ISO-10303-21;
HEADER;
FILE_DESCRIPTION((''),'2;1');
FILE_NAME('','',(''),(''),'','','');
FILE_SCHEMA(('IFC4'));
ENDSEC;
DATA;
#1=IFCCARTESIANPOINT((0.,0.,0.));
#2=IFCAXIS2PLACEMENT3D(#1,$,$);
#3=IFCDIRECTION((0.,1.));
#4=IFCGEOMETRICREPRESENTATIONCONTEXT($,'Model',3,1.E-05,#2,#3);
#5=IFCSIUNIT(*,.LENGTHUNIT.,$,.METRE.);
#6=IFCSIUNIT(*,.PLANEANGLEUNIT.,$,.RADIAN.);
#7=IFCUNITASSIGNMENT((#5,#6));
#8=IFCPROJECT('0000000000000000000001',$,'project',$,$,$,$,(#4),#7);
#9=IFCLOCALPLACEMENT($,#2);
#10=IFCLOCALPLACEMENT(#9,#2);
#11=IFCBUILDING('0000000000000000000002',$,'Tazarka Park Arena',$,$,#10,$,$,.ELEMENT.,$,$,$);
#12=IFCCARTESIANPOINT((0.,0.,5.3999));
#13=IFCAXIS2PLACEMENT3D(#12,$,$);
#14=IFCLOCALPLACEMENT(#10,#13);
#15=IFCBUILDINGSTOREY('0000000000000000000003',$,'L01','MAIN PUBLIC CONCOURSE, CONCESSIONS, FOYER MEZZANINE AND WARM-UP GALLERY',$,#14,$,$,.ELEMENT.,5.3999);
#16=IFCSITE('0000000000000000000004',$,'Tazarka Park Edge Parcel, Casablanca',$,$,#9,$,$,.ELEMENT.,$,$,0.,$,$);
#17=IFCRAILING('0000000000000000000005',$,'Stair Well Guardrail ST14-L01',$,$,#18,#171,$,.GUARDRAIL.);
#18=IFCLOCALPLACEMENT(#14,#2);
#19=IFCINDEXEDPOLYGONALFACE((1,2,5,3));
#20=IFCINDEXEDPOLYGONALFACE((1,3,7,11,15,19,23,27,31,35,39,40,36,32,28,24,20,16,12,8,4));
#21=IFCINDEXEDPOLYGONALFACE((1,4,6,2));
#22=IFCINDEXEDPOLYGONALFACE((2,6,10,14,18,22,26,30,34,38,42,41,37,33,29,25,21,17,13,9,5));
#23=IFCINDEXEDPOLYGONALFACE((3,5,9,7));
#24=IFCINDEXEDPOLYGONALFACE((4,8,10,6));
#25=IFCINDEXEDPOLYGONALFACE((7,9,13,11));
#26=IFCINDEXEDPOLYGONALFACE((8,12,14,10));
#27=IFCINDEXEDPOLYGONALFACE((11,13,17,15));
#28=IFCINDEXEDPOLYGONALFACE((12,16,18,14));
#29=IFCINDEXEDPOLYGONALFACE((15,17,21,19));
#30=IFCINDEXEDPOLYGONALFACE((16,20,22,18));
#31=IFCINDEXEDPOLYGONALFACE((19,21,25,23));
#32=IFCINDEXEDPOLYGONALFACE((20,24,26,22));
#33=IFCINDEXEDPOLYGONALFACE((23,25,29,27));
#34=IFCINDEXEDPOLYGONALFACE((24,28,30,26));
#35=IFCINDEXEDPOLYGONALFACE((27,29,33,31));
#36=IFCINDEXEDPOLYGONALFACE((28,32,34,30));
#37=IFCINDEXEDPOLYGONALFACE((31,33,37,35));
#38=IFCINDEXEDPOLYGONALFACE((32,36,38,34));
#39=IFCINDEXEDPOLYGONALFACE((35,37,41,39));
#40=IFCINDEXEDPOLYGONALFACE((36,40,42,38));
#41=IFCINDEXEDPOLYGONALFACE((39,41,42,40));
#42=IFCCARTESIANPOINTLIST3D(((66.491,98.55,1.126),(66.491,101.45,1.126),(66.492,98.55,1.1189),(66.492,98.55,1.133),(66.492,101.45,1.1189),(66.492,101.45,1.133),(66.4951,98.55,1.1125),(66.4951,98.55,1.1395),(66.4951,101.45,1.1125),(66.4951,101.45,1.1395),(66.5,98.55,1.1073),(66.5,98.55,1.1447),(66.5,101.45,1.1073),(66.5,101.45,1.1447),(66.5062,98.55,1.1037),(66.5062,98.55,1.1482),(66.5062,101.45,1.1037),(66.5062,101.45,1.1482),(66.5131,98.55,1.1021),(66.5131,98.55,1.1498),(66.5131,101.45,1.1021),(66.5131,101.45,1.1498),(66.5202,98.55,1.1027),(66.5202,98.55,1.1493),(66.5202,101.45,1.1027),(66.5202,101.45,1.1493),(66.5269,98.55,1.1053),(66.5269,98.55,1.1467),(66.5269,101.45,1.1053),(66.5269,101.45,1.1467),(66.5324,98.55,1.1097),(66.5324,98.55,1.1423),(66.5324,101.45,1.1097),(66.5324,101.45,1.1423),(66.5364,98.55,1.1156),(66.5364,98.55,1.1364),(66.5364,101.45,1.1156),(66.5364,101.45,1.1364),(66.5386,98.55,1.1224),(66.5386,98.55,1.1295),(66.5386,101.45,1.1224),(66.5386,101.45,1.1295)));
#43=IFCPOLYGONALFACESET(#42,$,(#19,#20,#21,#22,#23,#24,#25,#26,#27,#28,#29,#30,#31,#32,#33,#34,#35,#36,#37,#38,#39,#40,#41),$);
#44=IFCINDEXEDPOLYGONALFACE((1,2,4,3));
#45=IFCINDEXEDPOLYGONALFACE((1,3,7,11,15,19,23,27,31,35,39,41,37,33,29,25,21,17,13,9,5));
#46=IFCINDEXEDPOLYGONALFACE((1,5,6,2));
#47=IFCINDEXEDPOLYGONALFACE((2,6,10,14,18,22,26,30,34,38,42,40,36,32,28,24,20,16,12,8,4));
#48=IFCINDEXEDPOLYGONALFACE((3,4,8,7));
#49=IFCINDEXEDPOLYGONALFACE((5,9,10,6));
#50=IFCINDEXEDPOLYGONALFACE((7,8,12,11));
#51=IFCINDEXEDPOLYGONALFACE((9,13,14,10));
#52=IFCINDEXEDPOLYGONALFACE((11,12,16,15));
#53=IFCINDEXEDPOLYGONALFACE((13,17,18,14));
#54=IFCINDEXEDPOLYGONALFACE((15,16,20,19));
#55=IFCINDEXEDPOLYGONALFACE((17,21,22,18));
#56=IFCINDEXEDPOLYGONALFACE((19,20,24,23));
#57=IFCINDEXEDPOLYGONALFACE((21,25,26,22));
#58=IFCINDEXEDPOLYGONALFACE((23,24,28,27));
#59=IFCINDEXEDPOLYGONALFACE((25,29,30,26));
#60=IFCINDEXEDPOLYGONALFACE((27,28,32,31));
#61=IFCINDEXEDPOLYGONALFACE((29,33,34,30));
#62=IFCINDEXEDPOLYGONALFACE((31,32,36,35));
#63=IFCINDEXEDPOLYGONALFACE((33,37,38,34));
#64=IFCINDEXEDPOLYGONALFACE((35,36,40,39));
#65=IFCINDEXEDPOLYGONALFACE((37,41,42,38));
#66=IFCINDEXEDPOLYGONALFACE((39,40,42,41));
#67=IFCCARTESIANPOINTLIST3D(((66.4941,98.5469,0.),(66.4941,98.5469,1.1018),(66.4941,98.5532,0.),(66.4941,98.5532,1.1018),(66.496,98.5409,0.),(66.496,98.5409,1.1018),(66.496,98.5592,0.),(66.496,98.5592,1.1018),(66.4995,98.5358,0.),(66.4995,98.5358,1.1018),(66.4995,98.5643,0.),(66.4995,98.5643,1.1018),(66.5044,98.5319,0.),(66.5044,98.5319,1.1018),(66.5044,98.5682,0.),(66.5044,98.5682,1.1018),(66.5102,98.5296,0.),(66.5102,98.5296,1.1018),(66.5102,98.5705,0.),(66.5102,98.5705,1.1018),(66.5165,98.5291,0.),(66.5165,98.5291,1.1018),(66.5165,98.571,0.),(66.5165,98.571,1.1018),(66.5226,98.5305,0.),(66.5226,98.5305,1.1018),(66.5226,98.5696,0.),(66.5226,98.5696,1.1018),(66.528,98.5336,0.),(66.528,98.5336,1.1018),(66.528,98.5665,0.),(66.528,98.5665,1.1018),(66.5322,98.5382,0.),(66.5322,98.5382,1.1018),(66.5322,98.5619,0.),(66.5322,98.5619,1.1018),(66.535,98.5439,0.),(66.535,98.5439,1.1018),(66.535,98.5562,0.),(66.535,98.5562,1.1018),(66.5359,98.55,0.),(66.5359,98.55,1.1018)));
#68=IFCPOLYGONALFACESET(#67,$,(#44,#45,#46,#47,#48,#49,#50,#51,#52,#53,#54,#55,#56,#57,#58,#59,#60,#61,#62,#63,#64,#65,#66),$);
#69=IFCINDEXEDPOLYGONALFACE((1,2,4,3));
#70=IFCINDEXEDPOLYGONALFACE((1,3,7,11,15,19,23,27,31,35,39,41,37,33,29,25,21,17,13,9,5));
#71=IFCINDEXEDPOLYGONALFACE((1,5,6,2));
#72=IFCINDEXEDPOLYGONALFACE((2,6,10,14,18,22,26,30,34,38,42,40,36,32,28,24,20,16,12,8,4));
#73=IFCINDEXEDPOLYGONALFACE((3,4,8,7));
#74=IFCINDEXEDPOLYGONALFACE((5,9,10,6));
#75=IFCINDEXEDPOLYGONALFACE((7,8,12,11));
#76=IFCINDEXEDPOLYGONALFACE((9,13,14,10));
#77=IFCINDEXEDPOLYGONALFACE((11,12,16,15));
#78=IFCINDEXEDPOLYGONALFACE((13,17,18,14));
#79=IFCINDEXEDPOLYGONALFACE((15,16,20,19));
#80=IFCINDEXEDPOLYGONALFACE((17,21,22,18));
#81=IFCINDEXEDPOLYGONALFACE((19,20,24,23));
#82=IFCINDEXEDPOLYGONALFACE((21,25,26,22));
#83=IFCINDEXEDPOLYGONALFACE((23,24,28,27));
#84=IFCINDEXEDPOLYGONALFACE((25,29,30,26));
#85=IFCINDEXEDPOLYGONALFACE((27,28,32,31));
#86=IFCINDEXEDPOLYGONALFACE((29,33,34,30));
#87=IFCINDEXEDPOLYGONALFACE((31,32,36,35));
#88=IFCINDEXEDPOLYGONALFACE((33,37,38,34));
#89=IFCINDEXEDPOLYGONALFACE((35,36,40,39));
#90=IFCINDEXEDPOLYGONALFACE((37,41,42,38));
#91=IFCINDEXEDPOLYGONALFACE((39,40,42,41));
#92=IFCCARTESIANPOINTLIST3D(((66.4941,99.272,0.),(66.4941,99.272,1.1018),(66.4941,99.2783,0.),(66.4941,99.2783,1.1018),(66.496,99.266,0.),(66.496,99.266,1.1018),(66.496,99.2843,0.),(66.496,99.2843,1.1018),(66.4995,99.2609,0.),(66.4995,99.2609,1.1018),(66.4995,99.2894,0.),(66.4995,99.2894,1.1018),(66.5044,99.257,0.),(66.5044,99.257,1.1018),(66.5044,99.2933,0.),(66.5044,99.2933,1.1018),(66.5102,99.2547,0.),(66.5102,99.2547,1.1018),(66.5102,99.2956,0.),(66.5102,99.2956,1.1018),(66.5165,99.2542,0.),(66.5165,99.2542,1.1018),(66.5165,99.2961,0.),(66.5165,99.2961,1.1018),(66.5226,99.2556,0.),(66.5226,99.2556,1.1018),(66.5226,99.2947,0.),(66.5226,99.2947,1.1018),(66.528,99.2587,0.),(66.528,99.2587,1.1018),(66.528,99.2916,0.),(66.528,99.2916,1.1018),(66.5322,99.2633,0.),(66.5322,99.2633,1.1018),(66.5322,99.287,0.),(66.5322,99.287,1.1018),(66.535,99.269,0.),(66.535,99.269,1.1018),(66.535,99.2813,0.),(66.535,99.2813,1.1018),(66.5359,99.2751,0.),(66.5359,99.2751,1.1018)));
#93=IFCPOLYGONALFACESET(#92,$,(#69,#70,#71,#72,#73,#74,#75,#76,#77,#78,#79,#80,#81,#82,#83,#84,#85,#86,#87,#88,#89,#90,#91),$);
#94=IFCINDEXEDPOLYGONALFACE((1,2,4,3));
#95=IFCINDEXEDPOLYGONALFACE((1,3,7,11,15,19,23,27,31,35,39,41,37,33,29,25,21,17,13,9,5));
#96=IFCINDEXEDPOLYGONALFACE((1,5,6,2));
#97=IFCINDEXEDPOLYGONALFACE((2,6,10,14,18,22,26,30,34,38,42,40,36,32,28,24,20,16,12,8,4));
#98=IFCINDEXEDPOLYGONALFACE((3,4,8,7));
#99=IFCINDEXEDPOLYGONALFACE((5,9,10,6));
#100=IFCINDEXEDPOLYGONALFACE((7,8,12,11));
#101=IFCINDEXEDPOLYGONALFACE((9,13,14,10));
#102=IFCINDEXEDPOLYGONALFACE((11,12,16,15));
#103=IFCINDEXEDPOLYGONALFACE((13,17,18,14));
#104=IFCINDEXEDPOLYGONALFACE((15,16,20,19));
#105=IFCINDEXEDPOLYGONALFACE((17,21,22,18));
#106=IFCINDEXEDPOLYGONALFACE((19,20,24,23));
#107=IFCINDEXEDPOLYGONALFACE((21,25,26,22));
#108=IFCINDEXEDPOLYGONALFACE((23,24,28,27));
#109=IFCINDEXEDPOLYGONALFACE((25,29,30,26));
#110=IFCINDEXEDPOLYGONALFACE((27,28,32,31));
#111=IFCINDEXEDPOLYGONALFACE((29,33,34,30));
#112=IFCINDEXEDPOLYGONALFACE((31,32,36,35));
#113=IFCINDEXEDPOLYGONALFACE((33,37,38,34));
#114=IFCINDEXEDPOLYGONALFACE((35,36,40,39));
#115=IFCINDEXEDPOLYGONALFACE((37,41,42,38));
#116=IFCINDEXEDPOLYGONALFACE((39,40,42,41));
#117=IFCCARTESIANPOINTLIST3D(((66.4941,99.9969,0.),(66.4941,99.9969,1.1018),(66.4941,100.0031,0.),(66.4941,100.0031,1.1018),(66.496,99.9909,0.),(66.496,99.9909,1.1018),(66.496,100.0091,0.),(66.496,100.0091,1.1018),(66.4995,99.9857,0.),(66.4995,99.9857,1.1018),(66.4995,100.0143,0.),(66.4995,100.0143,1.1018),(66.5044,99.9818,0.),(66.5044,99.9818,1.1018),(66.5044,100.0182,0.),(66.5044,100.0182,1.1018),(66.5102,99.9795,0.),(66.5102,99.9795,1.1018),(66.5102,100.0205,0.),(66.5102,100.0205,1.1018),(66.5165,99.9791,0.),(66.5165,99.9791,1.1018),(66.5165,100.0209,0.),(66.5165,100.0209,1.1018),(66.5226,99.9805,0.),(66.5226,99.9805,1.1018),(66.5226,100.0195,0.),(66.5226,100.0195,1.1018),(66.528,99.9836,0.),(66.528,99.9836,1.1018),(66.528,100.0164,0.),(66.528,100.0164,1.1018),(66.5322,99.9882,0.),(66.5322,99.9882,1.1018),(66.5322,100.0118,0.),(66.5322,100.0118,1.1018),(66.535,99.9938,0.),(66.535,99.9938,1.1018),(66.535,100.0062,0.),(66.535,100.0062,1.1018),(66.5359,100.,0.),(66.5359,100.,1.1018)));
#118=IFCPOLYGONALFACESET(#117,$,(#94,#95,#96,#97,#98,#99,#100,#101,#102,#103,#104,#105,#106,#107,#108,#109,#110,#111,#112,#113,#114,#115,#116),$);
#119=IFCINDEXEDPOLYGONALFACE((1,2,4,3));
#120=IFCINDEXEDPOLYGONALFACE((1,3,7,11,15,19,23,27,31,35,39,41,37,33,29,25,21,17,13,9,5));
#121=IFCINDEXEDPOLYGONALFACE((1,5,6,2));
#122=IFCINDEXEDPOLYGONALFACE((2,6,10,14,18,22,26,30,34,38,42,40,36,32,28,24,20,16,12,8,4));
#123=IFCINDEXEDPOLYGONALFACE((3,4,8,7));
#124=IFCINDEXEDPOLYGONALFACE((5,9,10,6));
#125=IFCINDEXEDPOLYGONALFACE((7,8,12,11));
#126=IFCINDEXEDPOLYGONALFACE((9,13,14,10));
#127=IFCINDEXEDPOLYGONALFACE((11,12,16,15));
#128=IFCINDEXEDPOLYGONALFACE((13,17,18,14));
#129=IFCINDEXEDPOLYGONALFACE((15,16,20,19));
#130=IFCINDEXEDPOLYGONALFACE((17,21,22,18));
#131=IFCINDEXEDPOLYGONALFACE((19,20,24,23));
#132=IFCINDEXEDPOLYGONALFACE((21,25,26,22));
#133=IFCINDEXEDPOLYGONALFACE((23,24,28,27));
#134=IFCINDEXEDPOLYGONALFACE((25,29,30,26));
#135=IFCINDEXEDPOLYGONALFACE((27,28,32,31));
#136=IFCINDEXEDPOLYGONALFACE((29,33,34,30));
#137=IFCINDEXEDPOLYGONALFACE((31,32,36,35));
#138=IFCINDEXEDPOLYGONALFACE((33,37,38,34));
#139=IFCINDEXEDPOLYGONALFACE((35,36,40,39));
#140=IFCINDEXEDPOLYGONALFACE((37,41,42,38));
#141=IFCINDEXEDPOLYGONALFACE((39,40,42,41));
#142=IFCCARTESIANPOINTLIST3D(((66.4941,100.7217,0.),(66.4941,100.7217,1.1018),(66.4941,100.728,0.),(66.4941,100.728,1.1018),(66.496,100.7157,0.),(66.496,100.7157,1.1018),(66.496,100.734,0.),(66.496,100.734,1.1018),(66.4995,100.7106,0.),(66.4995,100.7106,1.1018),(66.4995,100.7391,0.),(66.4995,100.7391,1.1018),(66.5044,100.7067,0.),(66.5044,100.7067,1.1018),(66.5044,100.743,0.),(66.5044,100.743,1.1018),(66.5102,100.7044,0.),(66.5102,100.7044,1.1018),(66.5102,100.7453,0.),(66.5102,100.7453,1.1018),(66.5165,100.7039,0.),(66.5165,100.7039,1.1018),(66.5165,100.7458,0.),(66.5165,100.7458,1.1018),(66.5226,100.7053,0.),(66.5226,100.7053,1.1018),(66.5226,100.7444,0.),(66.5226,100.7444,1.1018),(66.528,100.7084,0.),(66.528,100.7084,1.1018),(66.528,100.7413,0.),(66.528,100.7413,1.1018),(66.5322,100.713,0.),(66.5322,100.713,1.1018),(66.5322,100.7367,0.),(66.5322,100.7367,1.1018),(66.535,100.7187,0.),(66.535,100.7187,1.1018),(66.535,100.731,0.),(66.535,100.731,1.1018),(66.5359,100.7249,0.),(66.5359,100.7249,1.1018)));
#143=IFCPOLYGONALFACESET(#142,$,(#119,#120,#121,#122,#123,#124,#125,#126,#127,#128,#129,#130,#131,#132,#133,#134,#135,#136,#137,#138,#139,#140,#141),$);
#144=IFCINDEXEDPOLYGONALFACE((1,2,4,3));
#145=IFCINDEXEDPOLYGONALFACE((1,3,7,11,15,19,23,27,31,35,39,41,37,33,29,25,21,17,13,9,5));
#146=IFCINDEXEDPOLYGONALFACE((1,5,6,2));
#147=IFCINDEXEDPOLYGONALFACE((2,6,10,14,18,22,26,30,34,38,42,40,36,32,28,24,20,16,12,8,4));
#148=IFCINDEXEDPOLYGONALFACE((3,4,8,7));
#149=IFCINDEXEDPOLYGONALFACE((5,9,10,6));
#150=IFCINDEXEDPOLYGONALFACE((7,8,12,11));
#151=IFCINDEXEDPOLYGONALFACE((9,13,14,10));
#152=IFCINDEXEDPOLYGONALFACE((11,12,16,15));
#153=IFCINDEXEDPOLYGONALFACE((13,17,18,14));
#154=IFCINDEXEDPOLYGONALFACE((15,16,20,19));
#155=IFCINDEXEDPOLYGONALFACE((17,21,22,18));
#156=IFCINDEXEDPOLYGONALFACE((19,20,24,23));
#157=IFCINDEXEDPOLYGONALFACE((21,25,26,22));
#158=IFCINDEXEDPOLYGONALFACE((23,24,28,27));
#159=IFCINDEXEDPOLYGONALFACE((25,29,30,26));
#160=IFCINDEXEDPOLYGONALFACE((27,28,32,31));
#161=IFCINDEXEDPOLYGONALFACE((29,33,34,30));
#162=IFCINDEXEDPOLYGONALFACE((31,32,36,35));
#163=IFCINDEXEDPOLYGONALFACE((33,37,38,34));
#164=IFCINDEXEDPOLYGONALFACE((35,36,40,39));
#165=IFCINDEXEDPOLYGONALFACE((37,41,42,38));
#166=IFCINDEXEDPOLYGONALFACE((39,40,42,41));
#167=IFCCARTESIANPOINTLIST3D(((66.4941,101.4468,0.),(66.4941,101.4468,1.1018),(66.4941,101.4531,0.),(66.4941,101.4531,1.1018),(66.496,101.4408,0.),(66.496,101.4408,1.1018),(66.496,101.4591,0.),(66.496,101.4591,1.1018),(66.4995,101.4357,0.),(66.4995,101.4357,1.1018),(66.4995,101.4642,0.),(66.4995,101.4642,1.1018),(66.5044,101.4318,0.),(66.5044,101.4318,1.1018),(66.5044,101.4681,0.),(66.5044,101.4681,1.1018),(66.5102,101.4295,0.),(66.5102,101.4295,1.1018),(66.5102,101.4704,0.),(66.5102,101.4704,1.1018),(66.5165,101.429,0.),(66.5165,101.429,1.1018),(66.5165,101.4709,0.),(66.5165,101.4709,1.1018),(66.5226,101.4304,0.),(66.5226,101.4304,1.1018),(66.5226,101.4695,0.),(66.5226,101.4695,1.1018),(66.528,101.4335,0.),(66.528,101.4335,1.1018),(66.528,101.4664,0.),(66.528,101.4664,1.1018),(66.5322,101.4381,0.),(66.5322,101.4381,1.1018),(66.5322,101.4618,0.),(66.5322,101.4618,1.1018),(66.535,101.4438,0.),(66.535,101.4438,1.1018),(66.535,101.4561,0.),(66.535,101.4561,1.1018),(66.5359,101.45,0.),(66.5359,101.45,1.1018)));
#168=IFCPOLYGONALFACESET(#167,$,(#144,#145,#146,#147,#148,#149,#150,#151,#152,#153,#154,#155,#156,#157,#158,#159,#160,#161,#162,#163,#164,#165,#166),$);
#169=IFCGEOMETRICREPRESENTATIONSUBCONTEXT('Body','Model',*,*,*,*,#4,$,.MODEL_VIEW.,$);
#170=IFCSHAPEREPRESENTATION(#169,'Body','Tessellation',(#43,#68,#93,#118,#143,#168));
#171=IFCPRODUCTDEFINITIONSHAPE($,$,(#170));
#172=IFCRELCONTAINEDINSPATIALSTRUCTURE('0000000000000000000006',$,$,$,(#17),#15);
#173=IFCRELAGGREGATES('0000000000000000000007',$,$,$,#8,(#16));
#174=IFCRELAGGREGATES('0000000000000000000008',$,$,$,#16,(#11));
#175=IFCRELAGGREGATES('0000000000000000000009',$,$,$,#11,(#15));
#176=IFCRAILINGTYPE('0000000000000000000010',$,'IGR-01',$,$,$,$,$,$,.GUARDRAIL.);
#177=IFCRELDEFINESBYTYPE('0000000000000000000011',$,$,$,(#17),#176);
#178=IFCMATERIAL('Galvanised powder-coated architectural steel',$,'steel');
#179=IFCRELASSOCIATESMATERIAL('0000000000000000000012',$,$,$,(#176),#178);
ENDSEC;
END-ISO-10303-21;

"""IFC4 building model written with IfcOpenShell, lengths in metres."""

from ifc_helpers import new_model, si_unit, direction, frame, origin, origin_2d, place, context, subcontext, project, spatial, circle, extrude, material, type_object, element, save


model = new_model("IFC4")

# Units and contexts
model_context = context("Model", 3, precision=1e-05, world=origin(), true_north=direction((0.0, 1.0)))
body_context = subcontext(model_context, "Body", "Model", "MODEL_VIEW")
ifc_project = project(units=[si_unit("LENGTHUNIT", "METRE"), si_unit("PLANEANGLEUNIT", "RADIAN")], contexts=[model_context])

# Site, building, storey
site_placement = place(None, origin())
site = spatial("IfcSite", under=ifc_project, at=site_placement, Name="Tazarka Park Edge Parcel, Casablanca", CompositionType="ELEMENT", RefElevation=0.0)
building_placement = place(site_placement, origin())
building = spatial("IfcBuilding", under=site, at=building_placement, Name="Tazarka Park Arena", CompositionType="ELEMENT")
storey_placement = place(building_placement, frame((0.0, 0.0, 5.3999)))
storey = spatial("IfcBuildingStorey", under=building, at=storey_placement, Name="L01", Description="MAIN PUBLIC CONCOURSE, CONCESSIONS, FOYER MEZZANINE AND WARM-UP GALLERY", CompositionType="ELEMENT", Elevation=5.3999)

# Railing
ifc_material_1 = material(Name="Galvanised powder-coated architectural steel", Category="steel")
railing_type_1 = type_object("IfcRailingType", Name="IGR-01", PredefinedType="GUARDRAIL", material=ifc_material_1)
for number, where, name in (
    (1, (66.5149, 98.55, 0.0), "Stair Well Guardrail ST14-L01"),
):
    element("IfcRailing", number, at=place(storey_placement, frame(where)), inside=storey, type_object=railing_type_1, Name=name, PredefinedType="GUARDRAIL", context=body_context, shape_type="SweptSolid", body=[
        extrude(circle(Radius=0.0239, at=origin_2d()), frame((0.0, 0.0, 1.126), z_axis=(0.0, 1.0, 0.0), x_axis=(-1.0, 0.0, 0.0)), (0.0, 0.0, 1.0), 2.8999),
        extrude(circle(Radius=0.021, at=origin_2d()), origin(), (0.0, 0.0, 1.0), 1.1018),
        extrude(circle(Radius=0.021, at=origin_2d()), frame((0.0, 0.7251, 0.0)), (0.0, 0.0, 1.0), 1.1018),
        extrude(circle(Radius=0.021, at=origin_2d()), frame((0.0, 1.45, 0.0)), (0.0, 0.0, 1.0), 1.1018),
        extrude(circle(Radius=0.021, at=origin_2d()), frame((0.0, 2.1748, 0.0)), (0.0, 0.0, 1.0), 1.1018),
        extrude(circle(Radius=0.021, at=origin_2d()), frame((0.0, 2.8999, 0.0)), (0.0, 0.0, 1.0), 1.1018),
    ])

save(model, "model.ifc")
